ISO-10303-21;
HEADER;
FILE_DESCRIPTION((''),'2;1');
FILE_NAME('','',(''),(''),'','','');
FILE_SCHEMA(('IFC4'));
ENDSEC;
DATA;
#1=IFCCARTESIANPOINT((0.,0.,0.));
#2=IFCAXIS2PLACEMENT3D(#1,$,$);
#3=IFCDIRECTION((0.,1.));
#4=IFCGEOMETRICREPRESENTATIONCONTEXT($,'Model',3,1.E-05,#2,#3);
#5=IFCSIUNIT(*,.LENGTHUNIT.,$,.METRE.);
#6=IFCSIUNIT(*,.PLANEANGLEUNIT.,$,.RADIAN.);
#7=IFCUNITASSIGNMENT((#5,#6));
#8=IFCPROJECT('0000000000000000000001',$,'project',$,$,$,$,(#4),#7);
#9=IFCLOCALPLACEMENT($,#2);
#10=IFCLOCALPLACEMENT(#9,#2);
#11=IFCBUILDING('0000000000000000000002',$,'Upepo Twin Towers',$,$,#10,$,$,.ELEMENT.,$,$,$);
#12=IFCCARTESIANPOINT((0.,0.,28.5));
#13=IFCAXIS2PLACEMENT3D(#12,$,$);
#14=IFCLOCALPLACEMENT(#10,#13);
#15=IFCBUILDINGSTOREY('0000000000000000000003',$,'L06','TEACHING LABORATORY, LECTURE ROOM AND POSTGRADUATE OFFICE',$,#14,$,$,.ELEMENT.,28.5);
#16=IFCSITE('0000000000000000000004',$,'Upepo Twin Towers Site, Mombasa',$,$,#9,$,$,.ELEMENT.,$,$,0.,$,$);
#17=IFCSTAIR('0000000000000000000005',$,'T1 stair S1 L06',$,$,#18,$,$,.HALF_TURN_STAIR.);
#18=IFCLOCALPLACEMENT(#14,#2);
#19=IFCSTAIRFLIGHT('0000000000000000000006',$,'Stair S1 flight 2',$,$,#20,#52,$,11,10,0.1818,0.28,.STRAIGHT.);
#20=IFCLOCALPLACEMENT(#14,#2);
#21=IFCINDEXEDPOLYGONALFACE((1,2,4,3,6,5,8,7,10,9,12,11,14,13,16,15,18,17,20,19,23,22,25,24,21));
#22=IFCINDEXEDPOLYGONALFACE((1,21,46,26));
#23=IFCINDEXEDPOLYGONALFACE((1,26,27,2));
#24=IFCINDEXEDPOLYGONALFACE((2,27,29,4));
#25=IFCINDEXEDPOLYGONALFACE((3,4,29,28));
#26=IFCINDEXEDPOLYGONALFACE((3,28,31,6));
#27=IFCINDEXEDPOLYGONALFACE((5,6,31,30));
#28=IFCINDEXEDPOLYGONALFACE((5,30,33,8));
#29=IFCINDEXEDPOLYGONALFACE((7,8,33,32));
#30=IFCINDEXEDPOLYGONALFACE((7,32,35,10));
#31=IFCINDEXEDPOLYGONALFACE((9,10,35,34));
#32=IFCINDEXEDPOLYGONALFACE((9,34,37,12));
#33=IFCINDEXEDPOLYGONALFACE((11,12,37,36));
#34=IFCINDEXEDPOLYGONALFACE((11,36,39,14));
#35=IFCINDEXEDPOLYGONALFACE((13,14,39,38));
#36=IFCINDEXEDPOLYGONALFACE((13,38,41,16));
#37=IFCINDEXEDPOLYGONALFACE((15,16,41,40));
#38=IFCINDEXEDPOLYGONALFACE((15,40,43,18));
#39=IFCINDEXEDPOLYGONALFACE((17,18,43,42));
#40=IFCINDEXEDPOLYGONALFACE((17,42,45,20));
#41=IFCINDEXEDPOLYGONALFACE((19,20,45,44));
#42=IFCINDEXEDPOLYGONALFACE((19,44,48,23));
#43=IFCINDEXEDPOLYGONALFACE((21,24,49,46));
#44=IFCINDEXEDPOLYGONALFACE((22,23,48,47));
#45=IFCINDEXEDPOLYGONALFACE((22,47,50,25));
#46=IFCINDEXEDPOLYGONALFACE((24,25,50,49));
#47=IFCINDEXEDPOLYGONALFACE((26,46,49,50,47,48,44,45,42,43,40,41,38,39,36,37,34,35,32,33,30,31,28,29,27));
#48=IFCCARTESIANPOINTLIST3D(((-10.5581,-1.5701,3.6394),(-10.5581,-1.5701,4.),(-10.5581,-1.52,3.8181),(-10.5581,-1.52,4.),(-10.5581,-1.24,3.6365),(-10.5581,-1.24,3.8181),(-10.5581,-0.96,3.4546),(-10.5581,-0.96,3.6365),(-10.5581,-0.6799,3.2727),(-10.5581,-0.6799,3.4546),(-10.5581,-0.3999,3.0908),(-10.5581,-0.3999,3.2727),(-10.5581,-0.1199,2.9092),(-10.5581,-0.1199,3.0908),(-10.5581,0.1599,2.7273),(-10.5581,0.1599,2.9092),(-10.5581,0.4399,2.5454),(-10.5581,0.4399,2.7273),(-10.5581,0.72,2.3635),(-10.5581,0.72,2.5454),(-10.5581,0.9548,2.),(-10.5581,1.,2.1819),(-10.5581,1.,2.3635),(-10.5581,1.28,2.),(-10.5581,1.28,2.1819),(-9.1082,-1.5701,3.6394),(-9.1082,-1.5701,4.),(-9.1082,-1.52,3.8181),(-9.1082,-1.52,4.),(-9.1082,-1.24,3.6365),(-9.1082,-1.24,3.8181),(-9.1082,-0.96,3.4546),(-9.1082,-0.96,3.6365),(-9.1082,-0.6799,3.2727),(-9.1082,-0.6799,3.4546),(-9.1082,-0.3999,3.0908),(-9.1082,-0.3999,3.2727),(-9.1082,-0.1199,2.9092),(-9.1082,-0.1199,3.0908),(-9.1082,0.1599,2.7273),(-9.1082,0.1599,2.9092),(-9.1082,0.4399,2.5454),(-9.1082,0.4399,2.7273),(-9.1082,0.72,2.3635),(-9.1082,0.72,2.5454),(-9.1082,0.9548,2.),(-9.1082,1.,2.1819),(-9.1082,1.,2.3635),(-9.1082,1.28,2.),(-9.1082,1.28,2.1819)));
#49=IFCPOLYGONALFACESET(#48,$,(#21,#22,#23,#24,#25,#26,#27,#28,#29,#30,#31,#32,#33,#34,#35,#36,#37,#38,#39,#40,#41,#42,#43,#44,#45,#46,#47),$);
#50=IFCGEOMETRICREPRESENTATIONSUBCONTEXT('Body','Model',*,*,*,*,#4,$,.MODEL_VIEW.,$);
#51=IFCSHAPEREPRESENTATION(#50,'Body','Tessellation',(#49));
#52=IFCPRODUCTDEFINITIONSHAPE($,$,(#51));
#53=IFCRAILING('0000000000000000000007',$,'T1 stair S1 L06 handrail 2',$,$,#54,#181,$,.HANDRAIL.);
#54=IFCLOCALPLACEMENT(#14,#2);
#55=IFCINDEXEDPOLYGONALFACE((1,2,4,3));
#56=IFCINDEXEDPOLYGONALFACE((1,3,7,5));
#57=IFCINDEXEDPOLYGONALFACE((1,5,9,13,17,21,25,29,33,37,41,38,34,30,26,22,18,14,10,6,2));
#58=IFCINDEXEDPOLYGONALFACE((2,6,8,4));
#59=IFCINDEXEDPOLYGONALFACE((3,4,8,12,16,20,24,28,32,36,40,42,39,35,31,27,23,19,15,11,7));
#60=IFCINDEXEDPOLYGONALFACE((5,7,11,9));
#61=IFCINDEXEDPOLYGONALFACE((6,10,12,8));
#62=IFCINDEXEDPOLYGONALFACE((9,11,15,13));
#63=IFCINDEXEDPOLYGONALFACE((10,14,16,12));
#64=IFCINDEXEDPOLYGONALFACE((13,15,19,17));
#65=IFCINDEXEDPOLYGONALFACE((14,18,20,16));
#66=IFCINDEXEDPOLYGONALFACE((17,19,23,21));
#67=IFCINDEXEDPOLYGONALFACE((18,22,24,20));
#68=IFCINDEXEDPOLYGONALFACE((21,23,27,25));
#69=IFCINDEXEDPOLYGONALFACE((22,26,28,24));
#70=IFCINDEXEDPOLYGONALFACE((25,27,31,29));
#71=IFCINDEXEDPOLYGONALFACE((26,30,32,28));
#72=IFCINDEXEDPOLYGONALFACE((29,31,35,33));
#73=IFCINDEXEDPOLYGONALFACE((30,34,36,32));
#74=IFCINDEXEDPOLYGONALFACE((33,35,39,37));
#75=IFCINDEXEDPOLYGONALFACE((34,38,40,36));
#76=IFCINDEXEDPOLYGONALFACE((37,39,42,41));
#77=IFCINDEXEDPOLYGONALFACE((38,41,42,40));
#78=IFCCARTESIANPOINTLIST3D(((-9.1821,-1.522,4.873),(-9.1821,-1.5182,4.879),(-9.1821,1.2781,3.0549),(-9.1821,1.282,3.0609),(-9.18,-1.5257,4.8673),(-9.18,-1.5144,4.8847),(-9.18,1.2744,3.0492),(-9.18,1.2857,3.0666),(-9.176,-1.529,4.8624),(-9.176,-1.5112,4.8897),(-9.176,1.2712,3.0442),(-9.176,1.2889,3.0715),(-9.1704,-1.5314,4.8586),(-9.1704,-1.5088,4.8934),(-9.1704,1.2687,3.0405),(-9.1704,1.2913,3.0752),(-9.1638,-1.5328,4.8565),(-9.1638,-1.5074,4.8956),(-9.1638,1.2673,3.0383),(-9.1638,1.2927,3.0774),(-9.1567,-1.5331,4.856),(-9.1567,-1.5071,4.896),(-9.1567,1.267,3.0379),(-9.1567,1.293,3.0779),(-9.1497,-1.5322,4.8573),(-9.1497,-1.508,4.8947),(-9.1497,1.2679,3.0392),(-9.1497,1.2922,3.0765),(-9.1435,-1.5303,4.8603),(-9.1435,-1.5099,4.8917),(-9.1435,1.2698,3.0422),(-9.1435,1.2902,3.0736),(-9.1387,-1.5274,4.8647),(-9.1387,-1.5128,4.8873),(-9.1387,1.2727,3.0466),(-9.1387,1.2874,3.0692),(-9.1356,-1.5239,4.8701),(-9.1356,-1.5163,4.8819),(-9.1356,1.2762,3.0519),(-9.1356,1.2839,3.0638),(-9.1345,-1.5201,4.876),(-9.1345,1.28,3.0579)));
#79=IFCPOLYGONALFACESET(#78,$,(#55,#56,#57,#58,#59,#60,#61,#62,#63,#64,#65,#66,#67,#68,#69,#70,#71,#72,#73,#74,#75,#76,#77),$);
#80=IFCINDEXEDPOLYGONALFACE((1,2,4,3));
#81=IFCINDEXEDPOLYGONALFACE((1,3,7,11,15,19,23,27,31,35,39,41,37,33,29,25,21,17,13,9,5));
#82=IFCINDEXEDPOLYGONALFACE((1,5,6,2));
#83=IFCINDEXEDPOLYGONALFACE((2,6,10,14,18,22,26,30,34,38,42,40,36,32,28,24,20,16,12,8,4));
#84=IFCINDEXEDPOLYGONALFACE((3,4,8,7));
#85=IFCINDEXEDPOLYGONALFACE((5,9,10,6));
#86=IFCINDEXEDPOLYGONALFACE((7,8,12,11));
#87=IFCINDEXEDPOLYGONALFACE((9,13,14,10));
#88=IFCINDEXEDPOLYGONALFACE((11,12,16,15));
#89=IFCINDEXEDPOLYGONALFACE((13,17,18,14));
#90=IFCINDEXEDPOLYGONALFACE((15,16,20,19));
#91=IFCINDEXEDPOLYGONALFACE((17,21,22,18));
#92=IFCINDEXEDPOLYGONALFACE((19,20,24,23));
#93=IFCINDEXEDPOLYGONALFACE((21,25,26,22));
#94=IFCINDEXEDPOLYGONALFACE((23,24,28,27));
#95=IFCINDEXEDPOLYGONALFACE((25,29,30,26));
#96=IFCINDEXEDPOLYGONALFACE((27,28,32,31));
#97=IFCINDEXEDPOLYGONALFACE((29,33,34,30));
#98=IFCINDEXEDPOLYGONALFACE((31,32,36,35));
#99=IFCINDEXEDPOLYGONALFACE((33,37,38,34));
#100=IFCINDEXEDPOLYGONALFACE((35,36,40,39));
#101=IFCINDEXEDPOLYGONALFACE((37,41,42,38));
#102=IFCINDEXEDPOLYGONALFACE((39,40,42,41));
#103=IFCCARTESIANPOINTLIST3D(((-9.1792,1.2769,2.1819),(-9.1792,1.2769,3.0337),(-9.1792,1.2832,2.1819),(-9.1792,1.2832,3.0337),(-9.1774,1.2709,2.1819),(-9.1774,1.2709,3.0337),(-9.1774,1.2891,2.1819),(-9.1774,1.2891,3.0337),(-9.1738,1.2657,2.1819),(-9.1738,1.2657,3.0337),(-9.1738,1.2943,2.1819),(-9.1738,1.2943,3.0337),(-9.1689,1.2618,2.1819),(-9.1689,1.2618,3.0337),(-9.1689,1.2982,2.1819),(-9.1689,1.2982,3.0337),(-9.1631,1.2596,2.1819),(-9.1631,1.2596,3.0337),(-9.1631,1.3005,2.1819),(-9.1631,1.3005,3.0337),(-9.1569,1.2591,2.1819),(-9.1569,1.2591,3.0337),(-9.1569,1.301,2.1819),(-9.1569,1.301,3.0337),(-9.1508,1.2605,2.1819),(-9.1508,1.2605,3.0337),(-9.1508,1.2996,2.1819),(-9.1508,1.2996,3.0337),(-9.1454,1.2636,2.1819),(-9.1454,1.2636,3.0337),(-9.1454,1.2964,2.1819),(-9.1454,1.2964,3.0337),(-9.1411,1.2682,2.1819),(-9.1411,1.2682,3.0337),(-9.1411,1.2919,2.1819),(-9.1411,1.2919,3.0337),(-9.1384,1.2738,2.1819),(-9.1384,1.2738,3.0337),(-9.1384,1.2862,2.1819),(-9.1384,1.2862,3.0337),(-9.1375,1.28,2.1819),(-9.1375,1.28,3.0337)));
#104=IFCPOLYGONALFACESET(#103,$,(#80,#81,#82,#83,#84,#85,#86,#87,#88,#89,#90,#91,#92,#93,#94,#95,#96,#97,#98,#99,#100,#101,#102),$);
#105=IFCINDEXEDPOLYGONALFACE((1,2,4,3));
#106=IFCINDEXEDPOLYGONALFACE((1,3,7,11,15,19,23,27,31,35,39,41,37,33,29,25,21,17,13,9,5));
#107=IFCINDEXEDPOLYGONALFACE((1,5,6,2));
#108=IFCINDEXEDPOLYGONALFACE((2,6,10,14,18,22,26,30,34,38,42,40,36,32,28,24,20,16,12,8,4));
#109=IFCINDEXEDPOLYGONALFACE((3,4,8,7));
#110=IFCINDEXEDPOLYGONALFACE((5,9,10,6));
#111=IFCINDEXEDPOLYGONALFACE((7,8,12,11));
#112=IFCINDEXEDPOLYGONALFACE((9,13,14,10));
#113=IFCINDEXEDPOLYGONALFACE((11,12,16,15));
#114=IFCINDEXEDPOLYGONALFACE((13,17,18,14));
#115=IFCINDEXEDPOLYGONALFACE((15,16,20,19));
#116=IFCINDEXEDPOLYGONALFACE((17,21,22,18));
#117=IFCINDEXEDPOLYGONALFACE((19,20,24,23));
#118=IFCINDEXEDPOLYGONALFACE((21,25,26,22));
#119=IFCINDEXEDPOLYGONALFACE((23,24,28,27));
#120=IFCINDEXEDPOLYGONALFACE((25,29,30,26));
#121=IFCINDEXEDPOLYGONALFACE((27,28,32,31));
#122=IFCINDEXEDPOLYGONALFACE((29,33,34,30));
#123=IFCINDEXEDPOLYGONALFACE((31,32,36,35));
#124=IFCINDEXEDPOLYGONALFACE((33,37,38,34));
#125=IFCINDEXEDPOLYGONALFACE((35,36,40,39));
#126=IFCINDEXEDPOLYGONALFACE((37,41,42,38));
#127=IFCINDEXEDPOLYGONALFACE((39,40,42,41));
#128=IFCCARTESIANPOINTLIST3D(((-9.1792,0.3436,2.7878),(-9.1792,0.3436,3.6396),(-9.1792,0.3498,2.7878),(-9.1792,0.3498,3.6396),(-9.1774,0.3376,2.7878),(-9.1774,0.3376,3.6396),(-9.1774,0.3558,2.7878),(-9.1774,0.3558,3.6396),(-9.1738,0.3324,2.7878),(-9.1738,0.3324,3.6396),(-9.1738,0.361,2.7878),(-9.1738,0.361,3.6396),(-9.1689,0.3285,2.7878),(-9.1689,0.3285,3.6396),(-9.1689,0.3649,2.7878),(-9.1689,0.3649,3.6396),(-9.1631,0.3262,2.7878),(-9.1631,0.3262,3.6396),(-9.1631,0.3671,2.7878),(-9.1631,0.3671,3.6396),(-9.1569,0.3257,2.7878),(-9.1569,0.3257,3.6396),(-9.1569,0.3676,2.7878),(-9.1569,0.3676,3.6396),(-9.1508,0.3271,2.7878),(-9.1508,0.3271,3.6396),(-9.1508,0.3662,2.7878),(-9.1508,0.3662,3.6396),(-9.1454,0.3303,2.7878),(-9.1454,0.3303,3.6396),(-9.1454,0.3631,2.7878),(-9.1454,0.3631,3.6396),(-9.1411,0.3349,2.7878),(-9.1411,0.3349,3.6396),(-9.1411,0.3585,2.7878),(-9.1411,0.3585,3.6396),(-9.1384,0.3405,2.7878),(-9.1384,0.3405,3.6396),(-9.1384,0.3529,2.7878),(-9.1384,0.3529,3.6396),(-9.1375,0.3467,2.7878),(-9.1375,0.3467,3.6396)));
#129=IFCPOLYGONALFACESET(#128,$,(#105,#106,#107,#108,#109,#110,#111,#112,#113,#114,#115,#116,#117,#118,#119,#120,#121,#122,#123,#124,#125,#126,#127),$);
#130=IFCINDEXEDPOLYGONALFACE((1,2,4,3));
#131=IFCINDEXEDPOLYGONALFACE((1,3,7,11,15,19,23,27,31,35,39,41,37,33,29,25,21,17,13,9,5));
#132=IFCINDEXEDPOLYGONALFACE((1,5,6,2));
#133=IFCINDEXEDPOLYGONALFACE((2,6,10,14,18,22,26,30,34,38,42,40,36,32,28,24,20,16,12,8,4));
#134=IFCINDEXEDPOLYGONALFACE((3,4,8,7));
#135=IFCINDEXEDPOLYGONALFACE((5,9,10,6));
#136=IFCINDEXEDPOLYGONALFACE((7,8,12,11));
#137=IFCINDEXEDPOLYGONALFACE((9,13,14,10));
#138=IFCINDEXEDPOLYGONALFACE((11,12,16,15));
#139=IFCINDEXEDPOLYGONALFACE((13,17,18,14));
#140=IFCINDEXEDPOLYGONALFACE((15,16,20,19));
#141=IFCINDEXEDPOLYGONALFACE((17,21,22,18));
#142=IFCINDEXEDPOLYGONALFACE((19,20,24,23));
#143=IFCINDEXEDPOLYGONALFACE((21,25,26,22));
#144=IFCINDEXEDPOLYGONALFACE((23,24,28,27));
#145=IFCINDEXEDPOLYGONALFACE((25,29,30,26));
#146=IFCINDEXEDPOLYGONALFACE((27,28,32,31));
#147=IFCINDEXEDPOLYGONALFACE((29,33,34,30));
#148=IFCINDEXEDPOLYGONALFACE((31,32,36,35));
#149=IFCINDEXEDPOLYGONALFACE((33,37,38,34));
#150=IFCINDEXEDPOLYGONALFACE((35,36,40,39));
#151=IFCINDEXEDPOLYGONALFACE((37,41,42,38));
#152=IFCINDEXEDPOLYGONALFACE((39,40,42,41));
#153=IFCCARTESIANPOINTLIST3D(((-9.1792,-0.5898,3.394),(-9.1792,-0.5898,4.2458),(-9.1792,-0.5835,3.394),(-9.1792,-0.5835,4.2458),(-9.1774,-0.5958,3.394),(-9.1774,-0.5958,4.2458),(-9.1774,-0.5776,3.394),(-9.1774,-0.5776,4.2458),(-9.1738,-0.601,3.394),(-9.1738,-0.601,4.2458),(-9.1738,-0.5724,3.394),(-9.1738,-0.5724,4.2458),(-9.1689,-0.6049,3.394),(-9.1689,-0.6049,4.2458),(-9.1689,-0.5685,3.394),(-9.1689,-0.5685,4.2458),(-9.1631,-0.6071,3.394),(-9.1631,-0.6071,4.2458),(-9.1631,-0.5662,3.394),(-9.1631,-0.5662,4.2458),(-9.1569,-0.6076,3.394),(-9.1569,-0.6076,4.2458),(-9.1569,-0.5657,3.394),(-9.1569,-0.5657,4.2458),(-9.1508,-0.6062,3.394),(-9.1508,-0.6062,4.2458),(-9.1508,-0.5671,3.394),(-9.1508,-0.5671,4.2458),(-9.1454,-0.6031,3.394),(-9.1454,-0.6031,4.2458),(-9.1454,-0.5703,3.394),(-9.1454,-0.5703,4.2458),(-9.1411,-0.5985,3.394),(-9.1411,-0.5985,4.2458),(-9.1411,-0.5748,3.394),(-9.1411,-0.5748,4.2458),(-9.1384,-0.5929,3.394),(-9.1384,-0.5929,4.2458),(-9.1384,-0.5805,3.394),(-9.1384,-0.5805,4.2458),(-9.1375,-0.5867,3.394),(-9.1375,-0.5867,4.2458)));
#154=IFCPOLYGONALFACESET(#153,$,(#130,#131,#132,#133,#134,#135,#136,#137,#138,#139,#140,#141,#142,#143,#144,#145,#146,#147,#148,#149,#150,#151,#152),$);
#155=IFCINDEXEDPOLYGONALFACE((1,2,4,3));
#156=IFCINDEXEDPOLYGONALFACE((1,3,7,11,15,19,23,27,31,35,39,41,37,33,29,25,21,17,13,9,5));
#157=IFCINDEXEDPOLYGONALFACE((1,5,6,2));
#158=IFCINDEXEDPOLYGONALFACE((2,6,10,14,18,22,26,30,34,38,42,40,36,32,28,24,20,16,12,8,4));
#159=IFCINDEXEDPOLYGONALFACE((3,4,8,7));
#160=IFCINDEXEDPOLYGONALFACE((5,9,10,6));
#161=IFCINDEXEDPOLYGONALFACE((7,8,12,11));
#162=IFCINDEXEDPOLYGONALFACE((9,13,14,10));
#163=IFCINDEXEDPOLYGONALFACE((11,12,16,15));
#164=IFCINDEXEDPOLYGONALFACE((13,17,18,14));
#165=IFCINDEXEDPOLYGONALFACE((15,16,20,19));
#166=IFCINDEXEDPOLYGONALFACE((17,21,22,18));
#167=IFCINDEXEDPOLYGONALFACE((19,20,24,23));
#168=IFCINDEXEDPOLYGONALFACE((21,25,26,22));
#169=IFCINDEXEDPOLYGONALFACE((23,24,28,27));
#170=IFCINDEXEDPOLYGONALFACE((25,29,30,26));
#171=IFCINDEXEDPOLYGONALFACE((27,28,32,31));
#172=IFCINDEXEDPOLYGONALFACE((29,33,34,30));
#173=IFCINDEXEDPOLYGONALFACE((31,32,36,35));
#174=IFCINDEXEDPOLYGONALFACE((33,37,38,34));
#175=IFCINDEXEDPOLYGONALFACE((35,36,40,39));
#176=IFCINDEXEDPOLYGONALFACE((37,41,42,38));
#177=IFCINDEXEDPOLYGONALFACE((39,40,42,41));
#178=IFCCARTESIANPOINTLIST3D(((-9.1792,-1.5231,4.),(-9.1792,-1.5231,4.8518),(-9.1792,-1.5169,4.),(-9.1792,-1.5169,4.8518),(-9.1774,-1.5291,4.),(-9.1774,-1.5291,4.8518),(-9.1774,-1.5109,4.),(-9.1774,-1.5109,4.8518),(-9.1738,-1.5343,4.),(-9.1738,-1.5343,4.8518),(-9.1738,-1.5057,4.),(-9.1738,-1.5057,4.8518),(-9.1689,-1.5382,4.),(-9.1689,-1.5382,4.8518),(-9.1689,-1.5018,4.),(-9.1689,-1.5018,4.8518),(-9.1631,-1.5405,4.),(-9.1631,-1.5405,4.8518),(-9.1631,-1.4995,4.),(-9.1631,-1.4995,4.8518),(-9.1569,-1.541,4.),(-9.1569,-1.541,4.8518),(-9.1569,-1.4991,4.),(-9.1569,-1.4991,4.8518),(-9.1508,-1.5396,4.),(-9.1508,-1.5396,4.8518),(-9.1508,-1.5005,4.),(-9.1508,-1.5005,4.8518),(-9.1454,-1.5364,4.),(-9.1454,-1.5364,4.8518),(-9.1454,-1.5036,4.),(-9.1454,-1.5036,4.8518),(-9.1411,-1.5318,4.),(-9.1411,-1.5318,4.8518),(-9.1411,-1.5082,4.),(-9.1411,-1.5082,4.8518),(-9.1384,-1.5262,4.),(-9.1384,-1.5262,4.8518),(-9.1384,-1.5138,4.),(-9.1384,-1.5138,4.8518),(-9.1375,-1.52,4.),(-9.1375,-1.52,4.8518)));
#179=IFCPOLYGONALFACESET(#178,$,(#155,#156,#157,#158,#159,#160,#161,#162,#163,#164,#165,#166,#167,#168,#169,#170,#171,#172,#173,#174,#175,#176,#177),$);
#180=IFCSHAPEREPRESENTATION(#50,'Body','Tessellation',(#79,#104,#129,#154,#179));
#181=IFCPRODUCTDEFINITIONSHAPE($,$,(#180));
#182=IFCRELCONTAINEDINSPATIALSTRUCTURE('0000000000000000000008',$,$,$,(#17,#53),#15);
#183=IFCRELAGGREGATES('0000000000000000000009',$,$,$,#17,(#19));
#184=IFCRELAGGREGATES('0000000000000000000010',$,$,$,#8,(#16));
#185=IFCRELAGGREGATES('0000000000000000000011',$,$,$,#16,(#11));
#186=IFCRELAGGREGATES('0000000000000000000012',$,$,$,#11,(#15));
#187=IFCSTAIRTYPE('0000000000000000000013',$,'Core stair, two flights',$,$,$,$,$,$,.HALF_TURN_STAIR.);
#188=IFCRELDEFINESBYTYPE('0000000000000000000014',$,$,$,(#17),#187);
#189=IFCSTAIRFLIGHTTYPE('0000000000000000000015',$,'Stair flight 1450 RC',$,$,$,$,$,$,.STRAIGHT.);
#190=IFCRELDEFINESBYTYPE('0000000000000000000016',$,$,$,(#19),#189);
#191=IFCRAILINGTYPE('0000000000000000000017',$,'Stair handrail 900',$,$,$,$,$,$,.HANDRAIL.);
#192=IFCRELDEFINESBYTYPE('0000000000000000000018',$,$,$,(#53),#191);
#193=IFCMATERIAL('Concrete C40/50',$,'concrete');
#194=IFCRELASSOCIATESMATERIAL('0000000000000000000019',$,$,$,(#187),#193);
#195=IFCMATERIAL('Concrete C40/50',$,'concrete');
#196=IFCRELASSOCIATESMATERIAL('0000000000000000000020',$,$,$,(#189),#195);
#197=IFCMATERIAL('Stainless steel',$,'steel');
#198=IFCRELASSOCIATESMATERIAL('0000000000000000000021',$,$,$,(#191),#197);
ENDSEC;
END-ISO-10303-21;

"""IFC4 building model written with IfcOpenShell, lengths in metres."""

from ifc_helpers import new_model, si_unit, direction, frame, origin, origin_2d, place, context, subcontext, project, spatial, polyline, circle, outline, extrude, material, type_object, element, aggregate, save


model = new_model("IFC4")

# Units and contexts
model_context = context("Model", 3, precision=1e-05, world=origin(), true_north=direction((0.0, 1.0)))
body_context = subcontext(model_context, "Body", "Model", "MODEL_VIEW")
ifc_project = project(units=[si_unit("LENGTHUNIT", "METRE"), si_unit("PLANEANGLEUNIT", "RADIAN")], contexts=[model_context])

# Site, building, storey
site_placement = place(None, origin())
site = spatial("IfcSite", under=ifc_project, at=site_placement, Name="Upepo Twin Towers Site, Mombasa", CompositionType="ELEMENT", RefElevation=0.0)
building_placement = place(site_placement, origin())
building = spatial("IfcBuilding", under=site, at=building_placement, Name="Upepo Twin Towers", CompositionType="ELEMENT")
storey_placement = place(building_placement, frame((0.0, 0.0, 28.5)))
storey = spatial("IfcBuildingStorey", under=building, at=storey_placement, Name="L06", Description="TEACHING LABORATORY, LECTURE ROOM AND POSTGRADUATE OFFICE", CompositionType="ELEMENT", Elevation=28.5)

# Stair, stair flight
ifc_material_1 = material(Name="Concrete C40/50", Category="concrete")
stair_type = type_object("IfcStairType", Name="Core stair, two flights", PredefinedType="HALF_TURN_STAIR", material=ifc_material_1)
stair_placement = place(storey_placement, origin())
stair = element("IfcStair", 1, at=stair_placement, inside=storey, type_object=stair_type, Name="T1 stair S1 L06", PredefinedType="HALF_TURN_STAIR")
ifc_material_2 = material(Name="Concrete C40/50", Category="concrete")
stair_flight_type = type_object("IfcStairFlightType", Name="Stair flight 1450 RC", PredefinedType="STRAIGHT", material=ifc_material_2)
stair_flight_placement = place(storey_placement, frame((-9.8333, 1.28, 2.0), z_axis=(0.0, 0.0, 1.0), x_axis=(0.0, -1.0, 0.0)))
stair_flight = element("IfcStairFlight", 2, at=stair_flight_placement, type_object=stair_flight_type, Name="Stair S1 flight 2", NumberOfRisers=11, NumberOfTreads=10, PredefinedType="STRAIGHT", RiserHeight=0.1818, TreadLength=0.28, context=body_context, shape_type="SweptSolid", body=[
    extrude(outline(polyline([(0.0, 0.0), (0.0, 0.1819), (0.28, 0.1819), (0.28, 0.3635), (0.5601, 0.3635), (0.5601, 0.5454), (0.8401, 0.5454), (0.8401, 0.7273), (1.1201, 0.7273), (1.1201, 0.9092), (1.3999, 0.9092), (1.3999, 1.0908), (1.6799, 1.0908), (1.6799, 1.2727), (1.96, 1.2727), (1.96, 1.4546), (2.24, 1.4546), (2.24, 1.6365), (2.52, 1.6365), (2.52, 1.8181), (2.8, 1.8181), (2.8, 2.0), (2.8501, 2.0), (2.8501, 1.6394), (0.3252, 0.0), (0.0, 0.0)])), frame((0.0, 0.7251, 0.0), z_axis=(0.0, -1.0, 0.0), x_axis=(1.0, 0.0, 0.0)), (0.0, 0.0, 1.0), 1.45),
])
aggregate(stair, [stair_flight])

# Railing
ifc_material_3 = material(Name="Stainless steel", Category="steel")
railing_type = type_object("IfcRailingType", Name="Stair handrail 900", PredefinedType="HANDRAIL", material=ifc_material_3)
railing_placement = place(storey_placement, frame((-9.1584, 1.28, 2.1819)))
element("IfcRailing", 3, at=railing_placement, inside=storey, type_object=railing_type, Name="T1 stair S1 L06 handrail 2", PredefinedType="HANDRAIL", context=body_context, shape_type="SweptSolid", body=[
    extrude(circle(Radius=0.0239, at=origin_2d()), frame((0.0, 0.0, 0.876), z_axis=(0.0, -0.838706, 0.544585), x_axis=(1.0, 0.0, 0.0)), (0.0, 0.0, 1.0), 3.3386),
    extrude(circle(Radius=0.021, at=origin_2d()), origin(), (0.0, 0.0, 1.0), 0.8518),
    extrude(circle(Radius=0.021, at=origin_2d()), frame((0.0, -0.9333, 0.606)), (0.0, 0.0, 1.0), 0.8518),
    extrude(circle(Radius=0.021, at=origin_2d()), frame((0.0, -1.8667, 1.2122)), (0.0, 0.0, 1.0), 0.8518),
    extrude(circle(Radius=0.021, at=origin_2d()), frame((0.0, -2.8, 1.8181)), (0.0, 0.0, 1.0), 0.8518),
])

save(model, "model.ifc")
